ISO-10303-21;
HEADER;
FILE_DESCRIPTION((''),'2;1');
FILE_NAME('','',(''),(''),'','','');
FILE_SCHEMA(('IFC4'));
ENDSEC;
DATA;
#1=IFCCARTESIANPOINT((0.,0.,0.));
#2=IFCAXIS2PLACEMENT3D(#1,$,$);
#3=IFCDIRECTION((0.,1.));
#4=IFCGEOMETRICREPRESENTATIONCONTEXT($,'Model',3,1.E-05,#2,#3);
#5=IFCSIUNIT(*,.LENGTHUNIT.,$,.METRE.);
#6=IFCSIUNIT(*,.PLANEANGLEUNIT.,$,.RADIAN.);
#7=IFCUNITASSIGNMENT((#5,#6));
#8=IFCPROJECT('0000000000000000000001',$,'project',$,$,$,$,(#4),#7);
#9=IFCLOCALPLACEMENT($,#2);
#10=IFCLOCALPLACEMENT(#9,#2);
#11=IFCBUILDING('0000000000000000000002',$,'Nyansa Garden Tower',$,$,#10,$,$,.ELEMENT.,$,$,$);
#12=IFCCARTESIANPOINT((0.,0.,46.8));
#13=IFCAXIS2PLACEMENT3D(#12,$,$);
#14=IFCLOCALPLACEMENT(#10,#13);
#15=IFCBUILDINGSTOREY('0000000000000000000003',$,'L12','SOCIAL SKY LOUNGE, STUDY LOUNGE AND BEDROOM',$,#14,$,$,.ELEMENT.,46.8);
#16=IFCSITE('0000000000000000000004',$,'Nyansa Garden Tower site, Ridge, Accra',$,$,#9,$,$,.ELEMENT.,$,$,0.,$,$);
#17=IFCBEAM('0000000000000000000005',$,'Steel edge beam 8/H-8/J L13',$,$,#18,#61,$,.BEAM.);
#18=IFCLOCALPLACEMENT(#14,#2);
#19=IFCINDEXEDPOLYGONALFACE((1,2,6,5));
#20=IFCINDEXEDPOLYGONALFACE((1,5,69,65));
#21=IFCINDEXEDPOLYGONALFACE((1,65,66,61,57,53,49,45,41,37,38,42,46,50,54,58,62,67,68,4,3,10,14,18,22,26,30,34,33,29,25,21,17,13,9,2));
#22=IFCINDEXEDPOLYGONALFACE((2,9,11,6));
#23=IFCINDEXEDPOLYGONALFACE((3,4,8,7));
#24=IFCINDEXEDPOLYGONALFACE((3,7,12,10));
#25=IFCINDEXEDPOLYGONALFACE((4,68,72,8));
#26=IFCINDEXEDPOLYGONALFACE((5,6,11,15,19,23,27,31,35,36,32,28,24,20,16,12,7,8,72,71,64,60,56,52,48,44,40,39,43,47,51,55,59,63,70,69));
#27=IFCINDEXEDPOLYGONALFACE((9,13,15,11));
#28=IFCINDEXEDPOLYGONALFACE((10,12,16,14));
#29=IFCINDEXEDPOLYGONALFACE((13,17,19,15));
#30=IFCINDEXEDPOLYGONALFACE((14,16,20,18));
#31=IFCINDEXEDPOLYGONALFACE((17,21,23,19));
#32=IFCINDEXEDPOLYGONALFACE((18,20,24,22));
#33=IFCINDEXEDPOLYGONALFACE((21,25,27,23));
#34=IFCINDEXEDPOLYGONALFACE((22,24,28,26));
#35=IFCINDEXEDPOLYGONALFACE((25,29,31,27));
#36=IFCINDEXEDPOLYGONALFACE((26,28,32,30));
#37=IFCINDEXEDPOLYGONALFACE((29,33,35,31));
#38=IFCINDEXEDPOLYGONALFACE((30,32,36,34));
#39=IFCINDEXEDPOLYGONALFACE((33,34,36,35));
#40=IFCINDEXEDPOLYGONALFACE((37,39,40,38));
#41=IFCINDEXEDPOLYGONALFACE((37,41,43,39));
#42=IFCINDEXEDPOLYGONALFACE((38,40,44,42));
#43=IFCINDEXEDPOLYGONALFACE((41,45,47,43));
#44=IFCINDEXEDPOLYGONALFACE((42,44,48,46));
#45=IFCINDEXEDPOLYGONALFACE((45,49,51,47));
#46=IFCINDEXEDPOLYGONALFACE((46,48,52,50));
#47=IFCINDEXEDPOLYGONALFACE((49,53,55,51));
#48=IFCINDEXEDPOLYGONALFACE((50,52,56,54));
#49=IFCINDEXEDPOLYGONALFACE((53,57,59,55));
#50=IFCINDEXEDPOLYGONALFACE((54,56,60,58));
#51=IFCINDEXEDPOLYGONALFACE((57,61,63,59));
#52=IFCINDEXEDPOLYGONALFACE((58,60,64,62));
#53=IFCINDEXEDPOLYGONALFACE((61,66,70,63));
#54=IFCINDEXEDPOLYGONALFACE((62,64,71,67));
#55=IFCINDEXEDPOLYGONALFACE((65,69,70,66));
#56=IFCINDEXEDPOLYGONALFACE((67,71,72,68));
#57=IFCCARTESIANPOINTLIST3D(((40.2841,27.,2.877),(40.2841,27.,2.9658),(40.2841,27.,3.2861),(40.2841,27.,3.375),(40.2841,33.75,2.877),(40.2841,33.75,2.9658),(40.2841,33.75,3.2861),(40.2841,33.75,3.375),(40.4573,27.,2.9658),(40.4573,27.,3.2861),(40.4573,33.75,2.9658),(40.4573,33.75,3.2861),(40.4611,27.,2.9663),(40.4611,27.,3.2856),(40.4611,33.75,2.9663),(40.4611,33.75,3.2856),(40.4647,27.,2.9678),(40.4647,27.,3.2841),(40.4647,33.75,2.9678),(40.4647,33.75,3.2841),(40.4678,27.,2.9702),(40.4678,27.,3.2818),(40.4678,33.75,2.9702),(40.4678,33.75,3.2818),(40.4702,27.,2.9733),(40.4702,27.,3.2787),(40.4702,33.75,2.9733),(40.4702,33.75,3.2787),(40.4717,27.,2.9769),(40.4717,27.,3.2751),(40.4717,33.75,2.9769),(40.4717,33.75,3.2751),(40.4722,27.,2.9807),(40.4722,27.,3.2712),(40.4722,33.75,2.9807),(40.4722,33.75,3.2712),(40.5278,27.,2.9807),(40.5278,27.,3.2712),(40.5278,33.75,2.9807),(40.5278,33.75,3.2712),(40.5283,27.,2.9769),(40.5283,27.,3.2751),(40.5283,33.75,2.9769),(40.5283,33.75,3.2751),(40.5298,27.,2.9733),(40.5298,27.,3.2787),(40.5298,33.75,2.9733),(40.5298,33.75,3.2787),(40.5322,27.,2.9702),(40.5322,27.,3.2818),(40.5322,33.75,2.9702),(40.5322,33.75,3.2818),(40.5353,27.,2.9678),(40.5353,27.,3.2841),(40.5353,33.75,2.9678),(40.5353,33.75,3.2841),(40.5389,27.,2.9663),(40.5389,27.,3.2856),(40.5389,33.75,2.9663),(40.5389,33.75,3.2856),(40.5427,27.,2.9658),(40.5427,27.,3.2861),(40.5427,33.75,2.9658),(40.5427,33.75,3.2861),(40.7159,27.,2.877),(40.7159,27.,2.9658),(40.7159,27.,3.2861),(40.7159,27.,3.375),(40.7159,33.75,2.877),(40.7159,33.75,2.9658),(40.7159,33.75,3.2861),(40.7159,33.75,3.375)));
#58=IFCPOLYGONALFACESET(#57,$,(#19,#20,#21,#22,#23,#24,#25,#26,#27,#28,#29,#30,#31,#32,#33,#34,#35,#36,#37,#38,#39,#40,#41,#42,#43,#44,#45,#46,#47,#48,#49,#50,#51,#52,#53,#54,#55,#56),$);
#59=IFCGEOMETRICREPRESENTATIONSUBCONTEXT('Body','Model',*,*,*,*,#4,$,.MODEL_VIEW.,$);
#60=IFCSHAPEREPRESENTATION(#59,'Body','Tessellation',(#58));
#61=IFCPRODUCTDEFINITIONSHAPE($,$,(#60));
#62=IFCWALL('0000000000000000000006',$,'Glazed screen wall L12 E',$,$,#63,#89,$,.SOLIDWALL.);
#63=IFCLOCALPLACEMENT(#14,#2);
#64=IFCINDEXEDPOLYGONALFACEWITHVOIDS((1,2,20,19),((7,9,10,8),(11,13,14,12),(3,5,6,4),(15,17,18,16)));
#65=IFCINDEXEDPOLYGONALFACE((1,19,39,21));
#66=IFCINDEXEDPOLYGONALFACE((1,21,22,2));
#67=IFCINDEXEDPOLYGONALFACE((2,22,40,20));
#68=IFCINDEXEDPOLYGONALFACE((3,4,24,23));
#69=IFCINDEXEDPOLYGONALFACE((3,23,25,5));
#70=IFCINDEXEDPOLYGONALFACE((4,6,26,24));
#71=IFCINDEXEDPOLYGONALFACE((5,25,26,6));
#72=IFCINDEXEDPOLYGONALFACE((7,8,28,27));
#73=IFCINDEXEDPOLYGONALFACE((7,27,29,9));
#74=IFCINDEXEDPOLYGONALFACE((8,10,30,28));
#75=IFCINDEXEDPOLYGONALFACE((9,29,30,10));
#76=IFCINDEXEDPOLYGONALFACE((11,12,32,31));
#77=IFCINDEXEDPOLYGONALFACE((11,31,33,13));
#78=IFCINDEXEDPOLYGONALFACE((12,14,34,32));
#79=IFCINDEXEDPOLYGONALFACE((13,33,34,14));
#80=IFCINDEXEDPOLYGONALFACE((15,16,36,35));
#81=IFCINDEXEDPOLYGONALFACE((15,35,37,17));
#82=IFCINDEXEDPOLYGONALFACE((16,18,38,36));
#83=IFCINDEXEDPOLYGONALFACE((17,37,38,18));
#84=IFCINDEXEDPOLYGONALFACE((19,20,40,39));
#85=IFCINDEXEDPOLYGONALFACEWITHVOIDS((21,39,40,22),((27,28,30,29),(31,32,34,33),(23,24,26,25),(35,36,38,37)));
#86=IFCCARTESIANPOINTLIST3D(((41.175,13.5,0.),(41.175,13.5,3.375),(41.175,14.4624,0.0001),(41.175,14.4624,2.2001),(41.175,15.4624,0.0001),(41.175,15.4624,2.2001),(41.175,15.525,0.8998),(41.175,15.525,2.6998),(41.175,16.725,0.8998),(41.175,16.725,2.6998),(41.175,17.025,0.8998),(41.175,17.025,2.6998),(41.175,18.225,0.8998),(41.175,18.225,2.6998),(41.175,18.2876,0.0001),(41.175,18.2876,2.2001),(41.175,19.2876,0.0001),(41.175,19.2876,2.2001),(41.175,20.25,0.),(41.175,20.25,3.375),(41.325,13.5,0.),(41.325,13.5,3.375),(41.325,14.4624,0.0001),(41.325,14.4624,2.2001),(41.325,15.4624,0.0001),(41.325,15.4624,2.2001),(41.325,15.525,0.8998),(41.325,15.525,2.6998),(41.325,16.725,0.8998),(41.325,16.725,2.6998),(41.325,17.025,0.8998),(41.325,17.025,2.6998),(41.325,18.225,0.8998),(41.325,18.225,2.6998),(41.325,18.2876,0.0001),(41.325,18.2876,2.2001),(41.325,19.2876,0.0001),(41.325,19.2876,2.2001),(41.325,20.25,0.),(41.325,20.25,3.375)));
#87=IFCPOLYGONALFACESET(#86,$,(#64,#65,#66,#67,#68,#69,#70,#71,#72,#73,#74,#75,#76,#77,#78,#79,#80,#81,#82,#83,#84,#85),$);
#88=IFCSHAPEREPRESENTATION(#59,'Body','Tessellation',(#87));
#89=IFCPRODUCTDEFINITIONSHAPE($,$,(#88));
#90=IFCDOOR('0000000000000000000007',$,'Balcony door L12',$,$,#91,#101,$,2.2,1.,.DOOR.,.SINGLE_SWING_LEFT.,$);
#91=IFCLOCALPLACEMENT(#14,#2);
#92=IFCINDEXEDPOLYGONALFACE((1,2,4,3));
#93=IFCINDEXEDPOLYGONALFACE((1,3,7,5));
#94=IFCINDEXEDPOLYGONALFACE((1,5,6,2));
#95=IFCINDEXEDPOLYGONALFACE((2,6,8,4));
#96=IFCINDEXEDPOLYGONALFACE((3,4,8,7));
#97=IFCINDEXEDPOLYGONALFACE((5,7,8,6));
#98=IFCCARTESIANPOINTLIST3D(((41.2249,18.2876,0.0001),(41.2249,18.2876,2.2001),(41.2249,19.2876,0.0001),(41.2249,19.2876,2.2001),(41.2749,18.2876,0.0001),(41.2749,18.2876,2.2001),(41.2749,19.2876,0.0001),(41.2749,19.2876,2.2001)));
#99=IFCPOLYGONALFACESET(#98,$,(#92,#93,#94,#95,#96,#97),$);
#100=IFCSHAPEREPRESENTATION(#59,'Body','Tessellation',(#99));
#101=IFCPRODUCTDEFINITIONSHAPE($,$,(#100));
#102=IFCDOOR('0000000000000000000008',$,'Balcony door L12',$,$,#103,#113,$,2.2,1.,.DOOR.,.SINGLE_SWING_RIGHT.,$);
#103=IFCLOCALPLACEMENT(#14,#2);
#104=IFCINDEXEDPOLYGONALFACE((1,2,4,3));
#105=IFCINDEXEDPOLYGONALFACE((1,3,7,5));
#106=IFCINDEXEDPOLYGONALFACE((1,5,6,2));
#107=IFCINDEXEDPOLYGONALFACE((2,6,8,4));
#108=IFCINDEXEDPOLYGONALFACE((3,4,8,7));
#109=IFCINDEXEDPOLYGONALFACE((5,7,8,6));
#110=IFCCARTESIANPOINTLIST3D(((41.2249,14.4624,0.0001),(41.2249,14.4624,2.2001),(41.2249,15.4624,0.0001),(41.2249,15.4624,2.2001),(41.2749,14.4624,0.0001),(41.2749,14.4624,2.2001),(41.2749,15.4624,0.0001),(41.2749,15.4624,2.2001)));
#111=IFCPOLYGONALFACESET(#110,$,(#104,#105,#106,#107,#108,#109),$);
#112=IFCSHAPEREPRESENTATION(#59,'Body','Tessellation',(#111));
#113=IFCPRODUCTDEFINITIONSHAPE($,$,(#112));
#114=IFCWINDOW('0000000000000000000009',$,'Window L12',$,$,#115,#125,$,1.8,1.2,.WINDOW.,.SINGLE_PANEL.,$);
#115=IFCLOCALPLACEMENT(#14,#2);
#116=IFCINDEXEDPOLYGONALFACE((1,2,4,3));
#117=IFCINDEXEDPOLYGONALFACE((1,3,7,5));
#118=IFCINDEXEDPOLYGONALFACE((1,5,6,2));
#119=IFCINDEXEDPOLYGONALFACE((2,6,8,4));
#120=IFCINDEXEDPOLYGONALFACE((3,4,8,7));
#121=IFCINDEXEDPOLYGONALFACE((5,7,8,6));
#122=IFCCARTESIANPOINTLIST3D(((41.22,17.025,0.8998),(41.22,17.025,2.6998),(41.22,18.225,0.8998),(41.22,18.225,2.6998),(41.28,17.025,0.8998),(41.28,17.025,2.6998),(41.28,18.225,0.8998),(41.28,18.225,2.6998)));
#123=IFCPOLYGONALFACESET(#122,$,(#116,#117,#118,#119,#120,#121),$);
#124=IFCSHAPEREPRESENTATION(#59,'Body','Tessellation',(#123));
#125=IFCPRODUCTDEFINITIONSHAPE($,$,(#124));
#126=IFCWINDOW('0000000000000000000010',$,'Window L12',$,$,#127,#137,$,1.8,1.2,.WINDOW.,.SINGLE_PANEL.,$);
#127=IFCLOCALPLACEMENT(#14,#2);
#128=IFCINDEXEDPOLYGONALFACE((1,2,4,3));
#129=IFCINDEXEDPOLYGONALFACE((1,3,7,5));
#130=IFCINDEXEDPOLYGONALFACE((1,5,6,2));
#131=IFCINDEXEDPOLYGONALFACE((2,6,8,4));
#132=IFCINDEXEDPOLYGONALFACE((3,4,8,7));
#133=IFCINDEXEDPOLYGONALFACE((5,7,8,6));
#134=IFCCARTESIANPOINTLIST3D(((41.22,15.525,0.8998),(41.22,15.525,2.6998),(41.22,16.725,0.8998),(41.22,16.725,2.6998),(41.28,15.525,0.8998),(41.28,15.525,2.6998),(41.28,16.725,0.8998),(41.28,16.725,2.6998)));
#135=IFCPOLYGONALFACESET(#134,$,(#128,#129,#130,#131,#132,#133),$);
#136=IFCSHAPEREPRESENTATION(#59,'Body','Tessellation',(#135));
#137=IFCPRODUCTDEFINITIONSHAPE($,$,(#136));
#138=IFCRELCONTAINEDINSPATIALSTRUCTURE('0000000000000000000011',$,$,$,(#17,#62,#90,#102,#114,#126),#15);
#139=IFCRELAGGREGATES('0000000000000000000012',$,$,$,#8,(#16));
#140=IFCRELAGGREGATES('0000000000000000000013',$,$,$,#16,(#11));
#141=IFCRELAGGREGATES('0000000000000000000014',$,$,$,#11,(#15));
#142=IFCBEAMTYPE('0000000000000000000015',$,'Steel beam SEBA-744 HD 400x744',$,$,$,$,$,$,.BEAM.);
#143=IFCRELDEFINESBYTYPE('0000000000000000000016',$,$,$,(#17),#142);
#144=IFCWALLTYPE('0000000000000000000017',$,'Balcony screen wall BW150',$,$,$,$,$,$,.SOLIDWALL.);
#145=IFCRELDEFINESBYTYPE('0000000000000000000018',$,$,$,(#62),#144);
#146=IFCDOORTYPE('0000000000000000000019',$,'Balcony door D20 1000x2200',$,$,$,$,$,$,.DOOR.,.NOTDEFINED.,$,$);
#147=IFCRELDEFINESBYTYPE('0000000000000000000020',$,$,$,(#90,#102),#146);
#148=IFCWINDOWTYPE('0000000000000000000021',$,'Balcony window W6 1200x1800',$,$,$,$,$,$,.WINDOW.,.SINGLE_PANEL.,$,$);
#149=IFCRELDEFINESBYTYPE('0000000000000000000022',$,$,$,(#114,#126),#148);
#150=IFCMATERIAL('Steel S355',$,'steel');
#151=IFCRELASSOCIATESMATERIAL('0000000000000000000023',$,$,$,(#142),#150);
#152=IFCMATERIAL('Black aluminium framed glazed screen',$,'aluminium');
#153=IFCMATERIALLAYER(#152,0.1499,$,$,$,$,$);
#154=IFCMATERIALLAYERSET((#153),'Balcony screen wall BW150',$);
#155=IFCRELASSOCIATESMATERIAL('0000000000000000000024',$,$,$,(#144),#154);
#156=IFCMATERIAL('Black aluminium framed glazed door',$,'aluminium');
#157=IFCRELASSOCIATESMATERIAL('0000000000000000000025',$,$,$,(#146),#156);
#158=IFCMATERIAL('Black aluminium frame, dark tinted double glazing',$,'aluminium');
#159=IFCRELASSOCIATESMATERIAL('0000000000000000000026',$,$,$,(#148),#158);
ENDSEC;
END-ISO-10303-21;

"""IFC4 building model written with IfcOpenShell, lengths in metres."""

from ifc_helpers import new_model, si_unit, direction, frame, frame_2d, origin, origin_2d, place, context, subcontext, project, spatial, rectangle, i_section, extrude, material, layer, layer_set, material_profile, profile_set, type_object, element, fill, save


model = new_model("IFC4")

# Units and contexts
model_context = context("Model", 3, precision=1e-05, world=origin(), true_north=direction((0.0, 1.0)))
body_context = subcontext(model_context, "Body", "Model", "MODEL_VIEW")
ifc_project = project(units=[si_unit("LENGTHUNIT", "METRE"), si_unit("PLANEANGLEUNIT", "RADIAN")], contexts=[model_context])

# Site, building, storey
site_placement = place(None, origin())
site = spatial("IfcSite", under=ifc_project, at=site_placement, Name="Nyansa Garden Tower site, Ridge, Accra", CompositionType="ELEMENT", RefElevation=0.0)
building_placement = place(site_placement, origin())
building = spatial("IfcBuilding", under=site, at=building_placement, Name="Nyansa Garden Tower", CompositionType="ELEMENT")
storey_placement = place(building_placement, frame((0.0, 0.0, 46.8)))
storey = spatial("IfcBuildingStorey", under=building, at=storey_placement, Name="L12", Description="SOCIAL SKY LOUNGE, STUDY LOUNGE AND BEDROOM", CompositionType="ELEMENT", Elevation=46.8)

# Beam
ifc_material_1 = material(Name="Steel S355", Category="steel")
ifc_material_profile_1 = material_profile(ifc_material_1, i_section(OverallWidth=0.4319, OverallDepth=0.498, WebThickness=0.0557, FlangeThickness=0.0889, FilletRadius=0.0149, at=origin_2d()), Name="HD 400x744")
ifc_profile_set_1 = profile_set([ifc_material_profile_1], Name="Steel S355")
beam_type_1 = type_object("IfcBeamType", Name="Steel beam SEBA-744 HD 400x744", PredefinedType="BEAM", material=ifc_profile_set_1)
for number, where, z_axis, x_axis, name in (
    (1, (40.5, 27.0, 3.126), (0.0, 1.0, 0.0), (-1.0, 0.0, 0.0), "Steel edge beam 8/H-8/J L13"),
):
    element("IfcBeam", number, at=place(storey_placement, frame(where, z_axis=z_axis, x_axis=x_axis)), inside=storey, type_object=beam_type_1, Name=name, PredefinedType="BEAM", context=body_context, shape_type="SweptSolid", body=[
        extrude(i_section(OverallWidth=0.4319, OverallDepth=0.498, WebThickness=0.0557, FlangeThickness=0.0889, FilletRadius=0.0149, at=origin_2d()), origin(), (0.0, 0.0, 1.0), 6.75),
    ])

# Wall, openings, doors, windows
ifc_material_2 = material(Name="Black aluminium framed glazed screen", Category="aluminium")
ifc_layer_1 = layer(ifc_material_2, 0.1499)
ifc_layer_set_1 = layer_set([ifc_layer_1], Name="Balcony screen wall BW150")
wall_type_1 = type_object("IfcWallType", Name="Balcony screen wall BW150", PredefinedType="SOLIDWALL", material=ifc_layer_set_1)
wall_1_placement = place(storey_placement, frame((41.25, 20.25, 0.0), z_axis=(0.0, 0.0, 1.0), x_axis=(0.0, -1.0, 0.0)))
wall_1 = element("IfcWall", 2, at=wall_1_placement, inside=storey, type_object=wall_type_1, Name="Glazed screen wall L12 E", PredefinedType="SOLIDWALL", context=body_context, shape_type="SweptSolid", body=[
    extrude(rectangle(XDim=6.75, YDim=0.1499, at=frame_2d((3.375, 0.0))), origin(), (0.0, 0.0, 1.0), 3.375),
])
opening_1_placement = place(wall_1_placement, frame((0.9624, 0.0, 0.0)))
opening_1 = element("IfcOpeningElement", 3, at=opening_1_placement, cuts=wall_1, PredefinedType="OPENING", context=body_context, shape_type="SweptSolid", body=[
    extrude(rectangle(XDim=1.0, YDim=2.2, at=frame_2d((0.5, 1.1001))), frame((0.0, 0.085, 0.0), z_axis=(0.0, -1.0, 0.0), x_axis=(1.0, 0.0, 0.0)), (0.0, 0.0, 1.0), 0.1699),
])
opening_2_placement = place(wall_1_placement, frame((2.0249, 0.0, 0.8999)))
opening_2 = element("IfcOpeningElement", 4, at=opening_2_placement, cuts=wall_1, PredefinedType="OPENING", context=body_context, shape_type="SweptSolid", body=[
    extrude(rectangle(XDim=1.2, YDim=1.8, at=frame_2d((0.6001, 0.8999))), frame((0.0, 0.085, 0.0), z_axis=(0.0, -1.0, 0.0), x_axis=(1.0, 0.0, 0.0)), (0.0, 0.0, 1.0), 0.1699),
])
opening_3_placement = place(wall_1_placement, frame((4.7876, 0.0, 0.0)))
opening_3 = element("IfcOpeningElement", 5, at=opening_3_placement, cuts=wall_1, PredefinedType="OPENING", context=body_context, shape_type="SweptSolid", body=[
    extrude(rectangle(XDim=1.0, YDim=2.2, at=frame_2d((0.5, 1.1001))), frame((0.0, 0.085, 0.0), z_axis=(0.0, -1.0, 0.0), x_axis=(1.0, 0.0, 0.0)), (0.0, 0.0, 1.0), 0.1699),
])
opening_4_placement = place(wall_1_placement, frame((3.5249, 0.0, 0.8999)))
opening_4 = element("IfcOpeningElement", 6, at=opening_4_placement, cuts=wall_1, PredefinedType="OPENING", context=body_context, shape_type="SweptSolid", body=[
    extrude(rectangle(XDim=1.2, YDim=1.8, at=frame_2d((0.6001, 0.8999))), frame((0.0, 0.085, 0.0), z_axis=(0.0, -1.0, 0.0), x_axis=(1.0, 0.0, 0.0)), (0.0, 0.0, 1.0), 0.1699),
])
ifc_material_3 = material(Name="Black aluminium framed glazed door", Category="aluminium")
door_type = type_object("IfcDoorType", Name="Balcony door D20 1000x2200", OperationType="NOTDEFINED", PredefinedType="DOOR", material=ifc_material_3)
door_1_placement = place(opening_1_placement, origin())
door_1 = element("IfcDoor", 7, at=door_1_placement, inside=storey, type_object=door_type, Name="Balcony door L12", OperationType="SINGLE_SWING_LEFT", OverallHeight=2.2, OverallWidth=1.0, PredefinedType="DOOR", context=body_context, shape_type="SweptSolid", body=[
    extrude(rectangle(XDim=1.0, YDim=2.2, at=frame_2d((0.5, 1.1001))), frame((0.0, 0.0249, 0.0), z_axis=(0.0, -1.0, 0.0), x_axis=(1.0, 0.0, 0.0)), (0.0, 0.0, 1.0), 0.05),
])
fill(opening_1, door_1)
door_2_placement = place(opening_3_placement, origin())
door_2 = element("IfcDoor", 8, at=door_2_placement, inside=storey, type_object=door_type, Name="Balcony door L12", OperationType="SINGLE_SWING_RIGHT", OverallHeight=2.2, OverallWidth=1.0, PredefinedType="DOOR", context=body_context, shape_type="SweptSolid", body=[
    extrude(rectangle(XDim=1.0, YDim=2.2, at=frame_2d((0.5, 1.1001))), frame((0.0, 0.0249, 0.0), z_axis=(0.0, -1.0, 0.0), x_axis=(1.0, 0.0, 0.0)), (0.0, 0.0, 1.0), 0.05),
])
fill(opening_3, door_2)
ifc_material_4 = material(Name="Black aluminium frame, dark tinted double glazing", Category="aluminium")
window_type = type_object("IfcWindowType", Name="Balcony window W6 1200x1800", PartitioningType="SINGLE_PANEL", PredefinedType="WINDOW", material=ifc_material_4)
window_1_placement = place(opening_2_placement, origin())
window_1 = element("IfcWindow", 9, at=window_1_placement, inside=storey, type_object=window_type, Name="Window L12", OverallHeight=1.8, OverallWidth=1.2, PartitioningType="SINGLE_PANEL", PredefinedType="WINDOW", context=body_context, shape_type="SweptSolid", body=[
    extrude(rectangle(XDim=1.2, YDim=1.8, at=frame_2d((0.6001, 0.8999))), frame((0.0, 0.03, 0.0), z_axis=(0.0, -1.0, 0.0), x_axis=(1.0, 0.0, 0.0)), (0.0, 0.0, 1.0), 0.0601),
])
fill(opening_2, window_1)
window_2_placement = place(opening_4_placement, origin())
window_2 = element("IfcWindow", 10, at=window_2_placement, inside=storey, type_object=window_type, Name="Window L12", OverallHeight=1.8, OverallWidth=1.2, PartitioningType="SINGLE_PANEL", PredefinedType="WINDOW", context=body_context, shape_type="SweptSolid", body=[
    extrude(rectangle(XDim=1.2, YDim=1.8, at=frame_2d((0.6001, 0.8999))), frame((0.0, 0.03, 0.0), z_axis=(0.0, -1.0, 0.0), x_axis=(1.0, 0.0, 0.0)), (0.0, 0.0, 1.0), 0.0601),
])
fill(opening_4, window_2)

save(model, "model.ifc")
